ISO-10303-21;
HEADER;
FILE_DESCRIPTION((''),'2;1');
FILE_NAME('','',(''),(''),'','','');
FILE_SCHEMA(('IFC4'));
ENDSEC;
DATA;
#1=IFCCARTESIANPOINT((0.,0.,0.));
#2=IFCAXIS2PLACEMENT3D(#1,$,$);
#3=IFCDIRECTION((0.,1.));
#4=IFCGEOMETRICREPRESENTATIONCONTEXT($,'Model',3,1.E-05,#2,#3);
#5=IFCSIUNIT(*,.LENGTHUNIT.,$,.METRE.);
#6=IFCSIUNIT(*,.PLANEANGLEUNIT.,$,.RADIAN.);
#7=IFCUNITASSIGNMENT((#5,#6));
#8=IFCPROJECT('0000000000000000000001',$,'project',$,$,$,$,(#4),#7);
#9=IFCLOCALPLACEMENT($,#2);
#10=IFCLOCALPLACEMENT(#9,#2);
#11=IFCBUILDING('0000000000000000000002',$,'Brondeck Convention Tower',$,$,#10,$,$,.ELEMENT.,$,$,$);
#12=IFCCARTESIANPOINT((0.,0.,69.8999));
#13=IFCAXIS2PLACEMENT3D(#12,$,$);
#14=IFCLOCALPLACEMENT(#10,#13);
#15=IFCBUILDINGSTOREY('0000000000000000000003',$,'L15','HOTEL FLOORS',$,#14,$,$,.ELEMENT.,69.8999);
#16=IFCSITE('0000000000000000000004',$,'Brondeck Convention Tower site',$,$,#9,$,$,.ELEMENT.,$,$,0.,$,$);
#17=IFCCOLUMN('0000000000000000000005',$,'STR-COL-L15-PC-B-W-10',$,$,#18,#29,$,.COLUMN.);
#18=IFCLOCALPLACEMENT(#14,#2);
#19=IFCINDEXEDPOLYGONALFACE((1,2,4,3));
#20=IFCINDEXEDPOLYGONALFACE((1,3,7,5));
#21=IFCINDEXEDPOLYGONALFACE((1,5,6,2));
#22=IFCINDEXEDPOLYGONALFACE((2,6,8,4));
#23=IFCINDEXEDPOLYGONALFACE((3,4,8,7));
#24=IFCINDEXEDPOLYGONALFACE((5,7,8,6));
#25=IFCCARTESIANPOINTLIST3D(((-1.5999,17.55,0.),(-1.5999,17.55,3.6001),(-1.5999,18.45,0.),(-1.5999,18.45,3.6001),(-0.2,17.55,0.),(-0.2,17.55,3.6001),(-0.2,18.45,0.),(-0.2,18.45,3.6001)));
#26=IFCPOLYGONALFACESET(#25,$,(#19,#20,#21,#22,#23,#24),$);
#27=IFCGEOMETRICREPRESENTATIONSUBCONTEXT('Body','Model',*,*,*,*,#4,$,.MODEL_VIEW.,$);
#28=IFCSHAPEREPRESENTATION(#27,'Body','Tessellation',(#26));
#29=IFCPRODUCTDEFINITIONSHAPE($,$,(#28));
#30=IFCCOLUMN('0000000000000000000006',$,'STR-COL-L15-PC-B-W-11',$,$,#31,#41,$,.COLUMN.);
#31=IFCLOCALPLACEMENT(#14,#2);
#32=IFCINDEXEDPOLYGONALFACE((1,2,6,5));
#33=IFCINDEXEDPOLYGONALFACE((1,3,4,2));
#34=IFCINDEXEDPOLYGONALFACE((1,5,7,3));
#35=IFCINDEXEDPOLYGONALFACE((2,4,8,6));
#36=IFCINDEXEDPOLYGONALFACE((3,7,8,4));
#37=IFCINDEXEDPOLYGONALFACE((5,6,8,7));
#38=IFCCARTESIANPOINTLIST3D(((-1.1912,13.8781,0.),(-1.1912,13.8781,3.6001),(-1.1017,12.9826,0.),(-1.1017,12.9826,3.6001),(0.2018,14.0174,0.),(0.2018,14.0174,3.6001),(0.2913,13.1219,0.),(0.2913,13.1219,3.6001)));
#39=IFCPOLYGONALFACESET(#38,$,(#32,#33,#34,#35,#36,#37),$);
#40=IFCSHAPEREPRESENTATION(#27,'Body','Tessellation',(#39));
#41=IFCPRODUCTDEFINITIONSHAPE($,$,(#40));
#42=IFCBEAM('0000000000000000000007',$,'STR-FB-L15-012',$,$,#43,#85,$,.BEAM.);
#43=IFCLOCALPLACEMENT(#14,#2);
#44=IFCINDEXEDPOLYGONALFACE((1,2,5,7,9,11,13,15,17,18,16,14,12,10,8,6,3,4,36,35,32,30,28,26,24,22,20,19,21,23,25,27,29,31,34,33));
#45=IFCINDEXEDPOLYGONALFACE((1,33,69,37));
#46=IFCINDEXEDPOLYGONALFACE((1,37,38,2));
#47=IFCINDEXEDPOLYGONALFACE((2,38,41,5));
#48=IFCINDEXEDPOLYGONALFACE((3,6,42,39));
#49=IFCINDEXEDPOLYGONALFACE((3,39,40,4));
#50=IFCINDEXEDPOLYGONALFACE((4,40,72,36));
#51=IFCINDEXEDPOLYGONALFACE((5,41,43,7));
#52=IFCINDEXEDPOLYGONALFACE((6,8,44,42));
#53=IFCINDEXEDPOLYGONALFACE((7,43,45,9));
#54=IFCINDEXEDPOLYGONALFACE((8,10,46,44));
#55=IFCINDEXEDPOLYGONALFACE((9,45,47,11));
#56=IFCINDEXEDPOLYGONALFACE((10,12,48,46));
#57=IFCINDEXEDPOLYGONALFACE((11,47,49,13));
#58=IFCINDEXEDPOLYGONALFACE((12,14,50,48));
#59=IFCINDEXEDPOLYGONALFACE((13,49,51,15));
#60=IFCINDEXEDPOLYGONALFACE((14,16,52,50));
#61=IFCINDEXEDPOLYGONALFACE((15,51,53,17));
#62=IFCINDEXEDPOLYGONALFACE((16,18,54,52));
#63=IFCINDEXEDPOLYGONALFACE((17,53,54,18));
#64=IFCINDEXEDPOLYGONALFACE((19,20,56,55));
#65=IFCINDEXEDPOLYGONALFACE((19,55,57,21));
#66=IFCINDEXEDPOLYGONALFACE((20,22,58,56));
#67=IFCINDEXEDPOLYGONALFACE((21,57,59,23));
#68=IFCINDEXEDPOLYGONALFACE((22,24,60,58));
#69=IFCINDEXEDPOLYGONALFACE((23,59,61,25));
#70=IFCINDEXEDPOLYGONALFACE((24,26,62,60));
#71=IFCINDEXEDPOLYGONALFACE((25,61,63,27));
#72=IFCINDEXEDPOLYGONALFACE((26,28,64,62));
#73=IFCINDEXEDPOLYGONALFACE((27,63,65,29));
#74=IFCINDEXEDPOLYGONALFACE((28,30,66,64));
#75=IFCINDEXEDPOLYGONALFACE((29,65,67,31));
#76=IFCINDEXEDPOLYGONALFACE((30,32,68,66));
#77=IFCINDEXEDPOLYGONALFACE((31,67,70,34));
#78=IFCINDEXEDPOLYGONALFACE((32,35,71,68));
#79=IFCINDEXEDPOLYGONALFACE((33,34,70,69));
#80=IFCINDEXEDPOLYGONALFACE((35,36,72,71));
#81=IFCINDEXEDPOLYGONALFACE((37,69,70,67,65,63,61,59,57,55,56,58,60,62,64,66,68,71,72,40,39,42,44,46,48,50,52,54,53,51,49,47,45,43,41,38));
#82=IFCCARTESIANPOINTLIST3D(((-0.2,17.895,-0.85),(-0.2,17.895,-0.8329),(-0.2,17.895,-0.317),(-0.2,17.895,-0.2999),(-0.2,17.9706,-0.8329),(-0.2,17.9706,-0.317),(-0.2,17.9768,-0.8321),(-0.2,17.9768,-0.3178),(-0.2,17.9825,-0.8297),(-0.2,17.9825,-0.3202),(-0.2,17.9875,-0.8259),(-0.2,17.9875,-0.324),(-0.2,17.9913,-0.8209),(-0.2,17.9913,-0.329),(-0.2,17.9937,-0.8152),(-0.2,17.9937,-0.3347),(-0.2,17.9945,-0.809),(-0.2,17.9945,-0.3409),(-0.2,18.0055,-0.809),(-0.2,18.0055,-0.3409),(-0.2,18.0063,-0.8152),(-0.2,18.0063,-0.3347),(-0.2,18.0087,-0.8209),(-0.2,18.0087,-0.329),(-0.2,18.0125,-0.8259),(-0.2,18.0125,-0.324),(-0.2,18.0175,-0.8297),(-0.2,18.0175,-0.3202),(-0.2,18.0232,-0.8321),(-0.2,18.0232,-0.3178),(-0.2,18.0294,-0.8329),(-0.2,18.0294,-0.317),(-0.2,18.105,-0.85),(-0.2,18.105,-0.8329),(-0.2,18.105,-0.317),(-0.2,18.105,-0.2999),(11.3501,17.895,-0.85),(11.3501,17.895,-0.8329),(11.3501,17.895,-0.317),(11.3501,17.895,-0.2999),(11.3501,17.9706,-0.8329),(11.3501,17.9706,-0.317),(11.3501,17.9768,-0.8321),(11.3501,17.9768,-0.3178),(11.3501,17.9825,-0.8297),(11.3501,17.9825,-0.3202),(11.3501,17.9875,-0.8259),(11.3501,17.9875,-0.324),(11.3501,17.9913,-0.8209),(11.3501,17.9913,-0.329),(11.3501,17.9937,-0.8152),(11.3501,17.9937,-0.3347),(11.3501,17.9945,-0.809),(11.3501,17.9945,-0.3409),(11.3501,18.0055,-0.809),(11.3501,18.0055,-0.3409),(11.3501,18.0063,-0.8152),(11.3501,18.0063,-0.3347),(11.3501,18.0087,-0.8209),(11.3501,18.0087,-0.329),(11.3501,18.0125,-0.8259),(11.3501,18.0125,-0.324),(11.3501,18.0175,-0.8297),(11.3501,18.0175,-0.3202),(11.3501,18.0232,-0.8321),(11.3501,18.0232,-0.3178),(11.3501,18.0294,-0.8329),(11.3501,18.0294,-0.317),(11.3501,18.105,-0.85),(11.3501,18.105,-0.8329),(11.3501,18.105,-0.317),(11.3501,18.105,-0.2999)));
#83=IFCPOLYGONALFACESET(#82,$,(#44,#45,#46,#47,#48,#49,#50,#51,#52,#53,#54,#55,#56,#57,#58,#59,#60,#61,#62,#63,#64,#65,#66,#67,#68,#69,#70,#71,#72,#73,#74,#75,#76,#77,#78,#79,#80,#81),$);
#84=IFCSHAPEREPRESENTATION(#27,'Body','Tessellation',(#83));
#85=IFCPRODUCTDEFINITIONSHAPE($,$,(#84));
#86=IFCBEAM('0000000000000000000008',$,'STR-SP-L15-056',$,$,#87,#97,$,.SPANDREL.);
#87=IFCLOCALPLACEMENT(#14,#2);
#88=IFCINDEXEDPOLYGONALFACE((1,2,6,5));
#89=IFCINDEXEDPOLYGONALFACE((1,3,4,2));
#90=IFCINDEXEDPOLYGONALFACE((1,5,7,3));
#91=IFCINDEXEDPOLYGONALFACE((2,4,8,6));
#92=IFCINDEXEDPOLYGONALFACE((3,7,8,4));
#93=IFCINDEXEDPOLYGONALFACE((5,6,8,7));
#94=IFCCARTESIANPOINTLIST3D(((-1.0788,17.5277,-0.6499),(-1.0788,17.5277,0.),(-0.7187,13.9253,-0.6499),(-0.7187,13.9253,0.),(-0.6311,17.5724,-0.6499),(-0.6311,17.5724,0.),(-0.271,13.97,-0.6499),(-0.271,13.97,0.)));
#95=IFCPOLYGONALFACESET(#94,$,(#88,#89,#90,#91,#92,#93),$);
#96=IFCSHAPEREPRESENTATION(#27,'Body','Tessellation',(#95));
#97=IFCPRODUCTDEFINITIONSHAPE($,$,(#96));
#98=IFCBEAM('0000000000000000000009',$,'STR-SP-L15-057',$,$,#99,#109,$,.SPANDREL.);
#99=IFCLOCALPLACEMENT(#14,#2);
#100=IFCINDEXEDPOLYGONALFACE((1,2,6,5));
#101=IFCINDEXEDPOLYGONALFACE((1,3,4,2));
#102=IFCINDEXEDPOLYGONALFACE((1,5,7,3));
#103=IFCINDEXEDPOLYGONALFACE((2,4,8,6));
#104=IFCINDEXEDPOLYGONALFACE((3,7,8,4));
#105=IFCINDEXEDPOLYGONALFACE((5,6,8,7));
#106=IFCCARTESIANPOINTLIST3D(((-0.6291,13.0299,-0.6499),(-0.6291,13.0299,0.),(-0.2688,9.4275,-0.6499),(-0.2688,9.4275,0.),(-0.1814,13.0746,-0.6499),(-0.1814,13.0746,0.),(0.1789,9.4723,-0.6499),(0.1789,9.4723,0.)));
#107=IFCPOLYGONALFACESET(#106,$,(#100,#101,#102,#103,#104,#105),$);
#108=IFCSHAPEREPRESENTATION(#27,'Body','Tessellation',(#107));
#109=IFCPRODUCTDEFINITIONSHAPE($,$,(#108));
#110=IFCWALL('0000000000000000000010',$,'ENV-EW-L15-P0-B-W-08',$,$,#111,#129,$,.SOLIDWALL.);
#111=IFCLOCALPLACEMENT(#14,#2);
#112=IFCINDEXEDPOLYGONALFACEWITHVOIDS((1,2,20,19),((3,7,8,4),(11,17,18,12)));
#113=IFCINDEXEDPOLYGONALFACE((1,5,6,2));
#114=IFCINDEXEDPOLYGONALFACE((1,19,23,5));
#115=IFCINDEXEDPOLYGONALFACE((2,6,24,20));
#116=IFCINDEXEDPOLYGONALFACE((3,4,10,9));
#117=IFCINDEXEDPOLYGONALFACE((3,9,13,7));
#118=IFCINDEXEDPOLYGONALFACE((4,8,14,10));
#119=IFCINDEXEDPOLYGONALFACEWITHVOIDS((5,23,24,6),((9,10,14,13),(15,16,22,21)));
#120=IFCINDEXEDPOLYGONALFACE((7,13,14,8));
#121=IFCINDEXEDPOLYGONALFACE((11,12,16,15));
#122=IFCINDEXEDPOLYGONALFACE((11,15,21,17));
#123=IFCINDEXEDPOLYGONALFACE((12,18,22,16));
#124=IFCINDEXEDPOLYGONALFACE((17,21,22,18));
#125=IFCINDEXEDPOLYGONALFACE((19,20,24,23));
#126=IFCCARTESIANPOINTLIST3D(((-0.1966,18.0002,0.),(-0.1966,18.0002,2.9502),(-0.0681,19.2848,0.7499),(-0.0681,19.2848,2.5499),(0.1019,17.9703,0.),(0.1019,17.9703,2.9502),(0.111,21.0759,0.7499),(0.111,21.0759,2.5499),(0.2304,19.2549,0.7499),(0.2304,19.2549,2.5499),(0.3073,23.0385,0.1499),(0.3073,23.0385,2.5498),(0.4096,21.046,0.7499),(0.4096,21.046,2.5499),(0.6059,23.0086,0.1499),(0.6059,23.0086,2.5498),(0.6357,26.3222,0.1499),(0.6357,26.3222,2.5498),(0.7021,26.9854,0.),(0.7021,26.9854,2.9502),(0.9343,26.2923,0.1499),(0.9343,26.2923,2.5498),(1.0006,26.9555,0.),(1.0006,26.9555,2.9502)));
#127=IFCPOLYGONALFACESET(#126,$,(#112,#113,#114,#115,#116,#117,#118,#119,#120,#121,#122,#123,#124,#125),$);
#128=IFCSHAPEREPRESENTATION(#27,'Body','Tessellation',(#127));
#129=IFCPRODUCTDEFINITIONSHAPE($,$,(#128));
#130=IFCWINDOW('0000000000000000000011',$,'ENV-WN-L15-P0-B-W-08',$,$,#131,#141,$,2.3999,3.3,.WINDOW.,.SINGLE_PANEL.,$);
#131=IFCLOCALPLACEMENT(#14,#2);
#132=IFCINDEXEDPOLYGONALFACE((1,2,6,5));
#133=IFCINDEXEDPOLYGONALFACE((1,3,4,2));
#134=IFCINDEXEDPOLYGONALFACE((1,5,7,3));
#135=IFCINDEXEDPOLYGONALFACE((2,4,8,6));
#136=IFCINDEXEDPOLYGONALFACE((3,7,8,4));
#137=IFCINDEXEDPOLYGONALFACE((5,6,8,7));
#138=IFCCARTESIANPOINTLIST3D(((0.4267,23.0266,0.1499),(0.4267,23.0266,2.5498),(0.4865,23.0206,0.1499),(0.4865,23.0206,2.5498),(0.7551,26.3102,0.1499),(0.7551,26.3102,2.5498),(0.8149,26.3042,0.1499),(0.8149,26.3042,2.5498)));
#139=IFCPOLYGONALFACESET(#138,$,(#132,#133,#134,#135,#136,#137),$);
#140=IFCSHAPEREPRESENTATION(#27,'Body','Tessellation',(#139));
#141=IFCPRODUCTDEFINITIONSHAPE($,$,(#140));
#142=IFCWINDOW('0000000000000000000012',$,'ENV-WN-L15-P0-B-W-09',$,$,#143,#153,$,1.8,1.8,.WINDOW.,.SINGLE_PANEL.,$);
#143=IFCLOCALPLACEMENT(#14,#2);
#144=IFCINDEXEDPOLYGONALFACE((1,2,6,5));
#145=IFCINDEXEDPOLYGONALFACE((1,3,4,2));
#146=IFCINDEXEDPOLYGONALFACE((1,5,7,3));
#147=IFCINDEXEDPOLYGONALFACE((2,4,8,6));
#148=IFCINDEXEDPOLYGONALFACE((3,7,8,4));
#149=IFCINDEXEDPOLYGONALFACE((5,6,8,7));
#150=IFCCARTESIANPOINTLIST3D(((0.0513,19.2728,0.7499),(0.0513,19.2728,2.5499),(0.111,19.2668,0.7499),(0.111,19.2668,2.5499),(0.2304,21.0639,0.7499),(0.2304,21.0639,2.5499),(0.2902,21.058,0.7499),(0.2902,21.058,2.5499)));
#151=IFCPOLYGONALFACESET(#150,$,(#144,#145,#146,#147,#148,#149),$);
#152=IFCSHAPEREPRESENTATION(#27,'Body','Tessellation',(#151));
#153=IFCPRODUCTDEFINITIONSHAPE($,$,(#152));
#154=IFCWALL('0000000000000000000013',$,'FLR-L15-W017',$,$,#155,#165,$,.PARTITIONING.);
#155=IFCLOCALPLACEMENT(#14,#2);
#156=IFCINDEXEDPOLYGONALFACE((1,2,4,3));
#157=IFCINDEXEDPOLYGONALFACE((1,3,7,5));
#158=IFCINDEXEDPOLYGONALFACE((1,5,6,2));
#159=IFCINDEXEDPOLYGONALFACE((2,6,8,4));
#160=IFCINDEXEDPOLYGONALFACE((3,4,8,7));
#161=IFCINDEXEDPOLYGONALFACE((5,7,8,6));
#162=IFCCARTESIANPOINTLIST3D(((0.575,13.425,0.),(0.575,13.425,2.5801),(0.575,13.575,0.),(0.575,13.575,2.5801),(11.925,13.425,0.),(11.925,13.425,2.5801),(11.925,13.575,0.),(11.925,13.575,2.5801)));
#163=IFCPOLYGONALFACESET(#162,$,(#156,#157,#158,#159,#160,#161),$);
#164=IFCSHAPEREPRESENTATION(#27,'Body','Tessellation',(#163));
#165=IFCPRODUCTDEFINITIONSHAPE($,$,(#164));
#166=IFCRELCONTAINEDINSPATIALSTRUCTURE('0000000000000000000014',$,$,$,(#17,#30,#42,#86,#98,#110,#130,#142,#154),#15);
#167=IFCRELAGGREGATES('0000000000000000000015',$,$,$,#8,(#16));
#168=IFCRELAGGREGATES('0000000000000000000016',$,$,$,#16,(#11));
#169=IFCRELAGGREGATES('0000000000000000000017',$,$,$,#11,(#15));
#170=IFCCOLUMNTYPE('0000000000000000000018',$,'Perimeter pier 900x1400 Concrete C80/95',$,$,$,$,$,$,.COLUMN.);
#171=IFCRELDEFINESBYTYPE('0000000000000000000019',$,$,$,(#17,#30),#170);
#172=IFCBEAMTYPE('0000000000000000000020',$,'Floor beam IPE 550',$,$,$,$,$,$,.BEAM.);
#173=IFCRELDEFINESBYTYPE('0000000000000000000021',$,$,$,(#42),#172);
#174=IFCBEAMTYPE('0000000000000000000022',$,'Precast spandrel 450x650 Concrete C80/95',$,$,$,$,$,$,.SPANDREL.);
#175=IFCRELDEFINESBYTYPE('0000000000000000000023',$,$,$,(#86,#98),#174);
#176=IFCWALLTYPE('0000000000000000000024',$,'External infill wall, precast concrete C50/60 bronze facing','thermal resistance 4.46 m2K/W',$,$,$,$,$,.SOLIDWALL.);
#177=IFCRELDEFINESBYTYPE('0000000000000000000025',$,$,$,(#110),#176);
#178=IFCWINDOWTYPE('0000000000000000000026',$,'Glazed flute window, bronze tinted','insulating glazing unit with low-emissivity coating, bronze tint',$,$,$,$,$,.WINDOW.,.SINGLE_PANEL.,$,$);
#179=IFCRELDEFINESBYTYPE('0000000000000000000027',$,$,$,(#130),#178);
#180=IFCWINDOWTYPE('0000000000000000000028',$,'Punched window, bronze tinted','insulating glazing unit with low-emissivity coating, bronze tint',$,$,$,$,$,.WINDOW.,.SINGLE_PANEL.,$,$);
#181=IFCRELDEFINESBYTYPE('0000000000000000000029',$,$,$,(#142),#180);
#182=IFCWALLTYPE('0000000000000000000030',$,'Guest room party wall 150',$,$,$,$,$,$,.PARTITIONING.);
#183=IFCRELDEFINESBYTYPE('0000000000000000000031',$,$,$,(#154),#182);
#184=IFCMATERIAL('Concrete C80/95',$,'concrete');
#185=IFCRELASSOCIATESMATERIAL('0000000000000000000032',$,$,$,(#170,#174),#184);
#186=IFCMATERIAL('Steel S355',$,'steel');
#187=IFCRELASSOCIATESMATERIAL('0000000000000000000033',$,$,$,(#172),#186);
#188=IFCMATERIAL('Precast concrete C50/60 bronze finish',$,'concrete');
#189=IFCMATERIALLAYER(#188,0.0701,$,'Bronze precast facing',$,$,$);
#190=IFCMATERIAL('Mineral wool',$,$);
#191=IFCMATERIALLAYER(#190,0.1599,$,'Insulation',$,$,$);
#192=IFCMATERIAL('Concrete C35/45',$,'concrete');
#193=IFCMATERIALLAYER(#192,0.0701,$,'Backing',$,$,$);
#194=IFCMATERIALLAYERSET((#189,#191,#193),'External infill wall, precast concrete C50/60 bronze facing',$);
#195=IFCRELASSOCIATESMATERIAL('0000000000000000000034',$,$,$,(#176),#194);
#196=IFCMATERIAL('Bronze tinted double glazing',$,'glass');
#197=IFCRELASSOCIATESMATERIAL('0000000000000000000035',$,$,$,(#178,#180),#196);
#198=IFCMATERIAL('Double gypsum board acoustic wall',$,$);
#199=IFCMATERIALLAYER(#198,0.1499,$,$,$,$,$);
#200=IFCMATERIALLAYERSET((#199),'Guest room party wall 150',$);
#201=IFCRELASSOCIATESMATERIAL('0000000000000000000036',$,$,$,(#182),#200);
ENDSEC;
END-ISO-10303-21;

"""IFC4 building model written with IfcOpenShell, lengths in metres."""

from ifc_helpers import new_model, si_unit, direction, frame, frame_2d, origin, origin_2d, place, context, subcontext, project, spatial, rectangle, i_section, extrude, material, layer, layer_set, material_profile, profile_set, type_object, element, fill, save


model = new_model("IFC4")

# Units and contexts
model_context = context("Model", 3, precision=1e-05, world=origin(), true_north=direction((0.0, 1.0)))
body_context = subcontext(model_context, "Body", "Model", "MODEL_VIEW")
ifc_project = project(units=[si_unit("LENGTHUNIT", "METRE"), si_unit("PLANEANGLEUNIT", "RADIAN")], contexts=[model_context])

# Site, building, storey
site_placement = place(None, origin())
site = spatial("IfcSite", under=ifc_project, at=site_placement, Name="Brondeck Convention Tower site", CompositionType="ELEMENT", RefElevation=0.0)
building_placement = place(site_placement, origin())
building = spatial("IfcBuilding", under=site, at=building_placement, Name="Brondeck Convention Tower", CompositionType="ELEMENT")
storey_placement = place(building_placement, frame((0.0, 0.0, 69.8999)))
storey = spatial("IfcBuildingStorey", under=building, at=storey_placement, Name="L15", Description="HOTEL FLOORS", CompositionType="ELEMENT", Elevation=69.8999)

# Columns
ifc_material_1 = material(Name="Concrete C80/95", Category="concrete")
ifc_material_profile_1 = material_profile(ifc_material_1, rectangle(XDim=0.8999, YDim=1.3999, at=origin_2d()), Name="Perimeter pier 900x1400 Concrete C80/95")
ifc_profile_set_1 = profile_set([ifc_material_profile_1], Name="Concrete C80/95")
column_type = type_object("IfcColumnType", Name="Perimeter pier 900x1400 Concrete C80/95", PredefinedType="COLUMN", material=ifc_profile_set_1)
for number, where, z_axis, x_axis, name in (
    (1, (-0.8999, 18.0, 0.0), (0.0, 0.0, 1.0), (0.0, -1.0, 0.0), "STR-COL-L15-PC-B-W-10"),
    (2, (-0.45, 13.5, 0.0), (0.0, 0.0, 1.0), (0.099504, -0.995037, 0.0), "STR-COL-L15-PC-B-W-11"),
):
    element("IfcColumn", number, at=place(storey_placement, frame(where, z_axis=z_axis, x_axis=x_axis)), inside=storey, type_object=column_type, Name=name, PredefinedType="COLUMN", context=body_context, shape_type="SweptSolid", body=[
        extrude(rectangle(XDim=0.8999, YDim=1.3999, at=origin_2d()), origin(), (0.0, 0.0, 1.0), 3.6001),
    ])

# Beams
ifc_material_2 = material(Name="Steel S355", Category="steel")
ifc_material_profile_2 = material_profile(ifc_material_2, i_section(OverallWidth=0.21, OverallDepth=0.55, WebThickness=0.011, FlangeThickness=0.0171, FilletRadius=0.0239, at=origin_2d()), Name="IPE 550")
ifc_profile_set_2 = profile_set([ifc_material_profile_2], Name="Steel S355")
beam_type_1 = type_object("IfcBeamType", Name="Floor beam IPE 550", PredefinedType="BEAM", material=ifc_profile_set_2)
beam_placement = place(storey_placement, frame((-0.2, 18.0, -0.575), z_axis=(1.0, 0.0, 0.0), x_axis=(0.0, 1.0, 0.0)))
element("IfcBeam", 3, at=beam_placement, inside=storey, type_object=beam_type_1, Name="STR-FB-L15-012", PredefinedType="BEAM", context=body_context, shape_type="SweptSolid", body=[
    extrude(i_section(OverallWidth=0.21, OverallDepth=0.55, WebThickness=0.011, FlangeThickness=0.0171, FilletRadius=0.0239, at=origin_2d()), origin(), (0.0, 0.0, 1.0), 11.55),
])
ifc_material_profile_3 = material_profile(ifc_material_1, rectangle(XDim=0.45, YDim=0.6499, at=origin_2d()), Name="Precast spandrel 450x650 Concrete C80/95")
ifc_profile_set_3 = profile_set([ifc_material_profile_3], Name="Concrete C80/95")
beam_type_2 = type_object("IfcBeamType", Name="Precast spandrel 450x650 Concrete C80/95", PredefinedType="SPANDREL", material=ifc_profile_set_3)
for number, where, z_axis, x_axis, name in (
    (4, (-0.855, 17.55, -0.325), (0.09947, -0.995041, 0.0), (0.995041, 0.09947, 0.0), "STR-SP-L15-056"),
    (5, (-0.4053, 13.0522, -0.325), (0.099537, -0.995034, 0.0), (0.995034, 0.099537, 0.0), "STR-SP-L15-057"),
):
    element("IfcBeam", number, at=place(storey_placement, frame(where, z_axis=z_axis, x_axis=x_axis)), inside=storey, type_object=beam_type_2, Name=name, PredefinedType="SPANDREL", context=body_context, shape_type="SweptSolid", body=[
        extrude(rectangle(XDim=0.45, YDim=0.6499, at=origin_2d()), origin(), (0.0, 0.0, 1.0), 3.6204),
    ])

# Wall, openings, windows
ifc_material_3 = material(Name="Precast concrete C50/60 bronze finish", Category="concrete")
ifc_layer_1 = layer(ifc_material_3, 0.0701, Name="Bronze precast facing")
ifc_material_4 = material(Name="Mineral wool")
ifc_layer_2 = layer(ifc_material_4, 0.1599, Name="Insulation")
ifc_material_5 = material(Name="Concrete C35/45", Category="concrete")
ifc_layer_3 = layer(ifc_material_5, 0.0701, Name="Backing")
ifc_layer_set_1 = layer_set([ifc_layer_1, ifc_layer_2, ifc_layer_3], Name="External infill wall, precast concrete C50/60 bronze facing")
wall_type_1 = type_object("IfcWallType", Name="External infill wall, precast concrete C50/60 bronze facing", Description="thermal resistance 4.46 m2K/W", PredefinedType="SOLIDWALL", material=ifc_layer_set_1)
wall_1_placement = place(storey_placement, frame((-0.0474, 17.9851, 0.0), z_axis=(0.0, 0.0, 1.0), x_axis=(0.099522, 0.995035, 0.0)))
wall_1 = element("IfcWall", 6, at=wall_1_placement, inside=storey, type_object=wall_type_1, Name="ENV-EW-L15-P0-B-W-08", PredefinedType="SOLIDWALL", context=body_context, shape_type="SweptSolid", body=[
    extrude(rectangle(XDim=9.03, YDim=0.3, at=frame_2d((4.5151, 0.0))), origin(), (0.0, 0.0, 1.0), 2.9502),
])
opening_1_placement = place(wall_1_placement, frame((1.2913, 0.0, 0.75)))
opening_1 = element("IfcOpeningElement", 7, at=opening_1_placement, cuts=wall_1, PredefinedType="OPENING", context=body_context, shape_type="SweptSolid", body=[
    extrude(rectangle(XDim=1.8, YDim=1.8, at=frame_2d((0.8999, 0.8999))), frame((0.0, 0.1599, 0.0), z_axis=(0.0, -1.0, 0.0), x_axis=(1.0, 0.0, 0.0)), (0.0, 0.0, 1.0), 0.3201),
])
opening_2_placement = place(wall_1_placement, frame((5.0637, 0.0, 0.1499)))
opening_2 = element("IfcOpeningElement", 8, at=opening_2_placement, cuts=wall_1, PredefinedType="OPENING", context=body_context, shape_type="SweptSolid", body=[
    extrude(rectangle(XDim=3.3, YDim=2.3999, at=frame_2d((1.6499, 1.2))), frame((0.0, 0.1599, 0.0), z_axis=(0.0, -1.0, 0.0), x_axis=(1.0, 0.0, 0.0)), (0.0, 0.0, 1.0), 0.3201),
])
ifc_material_6 = material(Name="Bronze tinted double glazing", Category="glass")
window_type_1 = type_object("IfcWindowType", Name="Glazed flute window, bronze tinted", Description="insulating glazing unit with low-emissivity coating, bronze tint", PartitioningType="SINGLE_PANEL", PredefinedType="WINDOW", material=ifc_material_6)
window_1_placement = place(opening_2_placement, origin())
window_1 = element("IfcWindow", 9, at=window_1_placement, inside=storey, type_object=window_type_1, Name="ENV-WN-L15-P0-B-W-08", OverallHeight=2.3999, OverallWidth=3.3, PartitioningType="SINGLE_PANEL", PredefinedType="WINDOW", context=body_context, shape_type="SweptSolid", body=[
    extrude(rectangle(XDim=3.3, YDim=2.3999, at=frame_2d((1.6499, 1.2))), frame((0.0, 0.03, 0.0), z_axis=(0.0, -1.0, 0.0), x_axis=(1.0, 0.0, 0.0)), (0.0, 0.0, 1.0), 0.0601),
])
fill(opening_2, window_1)
window_type_2 = type_object("IfcWindowType", Name="Punched window, bronze tinted", Description="insulating glazing unit with low-emissivity coating, bronze tint", PartitioningType="SINGLE_PANEL", PredefinedType="WINDOW", material=ifc_material_6)
window_2_placement = place(opening_1_placement, origin())
window_2 = element("IfcWindow", 10, at=window_2_placement, inside=storey, type_object=window_type_2, Name="ENV-WN-L15-P0-B-W-09", OverallHeight=1.8, OverallWidth=1.8, PartitioningType="SINGLE_PANEL", PredefinedType="WINDOW", context=body_context, shape_type="SweptSolid", body=[
    extrude(rectangle(XDim=1.8, YDim=1.8, at=frame_2d((0.8999, 0.8999))), frame((0.0, 0.03, 0.0), z_axis=(0.0, -1.0, 0.0), x_axis=(1.0, 0.0, 0.0)), (0.0, 0.0, 1.0), 0.0601),
])
fill(opening_1, window_2)

# Wall
ifc_material_7 = material(Name="Double gypsum board acoustic wall")
ifc_layer_4 = layer(ifc_material_7, 0.1499)
ifc_layer_set_2 = layer_set([ifc_layer_4], Name="Guest room party wall 150")
wall_type_2 = type_object("IfcWallType", Name="Guest room party wall 150", PredefinedType="PARTITIONING", material=ifc_layer_set_2)
wall_2_placement = place(storey_placement, frame((11.925, 13.5, 0.0), z_axis=(0.0, 0.0, 1.0), x_axis=(-1.0, 0.0, 0.0)))
element("IfcWall", 11, at=wall_2_placement, inside=storey, type_object=wall_type_2, Name="FLR-L15-W017", PredefinedType="PARTITIONING", context=body_context, shape_type="SweptSolid", body=[
    extrude(rectangle(XDim=11.3501, YDim=0.1499, at=frame_2d((5.675, 0.0))), origin(), (0.0, 0.0, 1.0), 2.5801),
])

save(model, "model.ifc")
